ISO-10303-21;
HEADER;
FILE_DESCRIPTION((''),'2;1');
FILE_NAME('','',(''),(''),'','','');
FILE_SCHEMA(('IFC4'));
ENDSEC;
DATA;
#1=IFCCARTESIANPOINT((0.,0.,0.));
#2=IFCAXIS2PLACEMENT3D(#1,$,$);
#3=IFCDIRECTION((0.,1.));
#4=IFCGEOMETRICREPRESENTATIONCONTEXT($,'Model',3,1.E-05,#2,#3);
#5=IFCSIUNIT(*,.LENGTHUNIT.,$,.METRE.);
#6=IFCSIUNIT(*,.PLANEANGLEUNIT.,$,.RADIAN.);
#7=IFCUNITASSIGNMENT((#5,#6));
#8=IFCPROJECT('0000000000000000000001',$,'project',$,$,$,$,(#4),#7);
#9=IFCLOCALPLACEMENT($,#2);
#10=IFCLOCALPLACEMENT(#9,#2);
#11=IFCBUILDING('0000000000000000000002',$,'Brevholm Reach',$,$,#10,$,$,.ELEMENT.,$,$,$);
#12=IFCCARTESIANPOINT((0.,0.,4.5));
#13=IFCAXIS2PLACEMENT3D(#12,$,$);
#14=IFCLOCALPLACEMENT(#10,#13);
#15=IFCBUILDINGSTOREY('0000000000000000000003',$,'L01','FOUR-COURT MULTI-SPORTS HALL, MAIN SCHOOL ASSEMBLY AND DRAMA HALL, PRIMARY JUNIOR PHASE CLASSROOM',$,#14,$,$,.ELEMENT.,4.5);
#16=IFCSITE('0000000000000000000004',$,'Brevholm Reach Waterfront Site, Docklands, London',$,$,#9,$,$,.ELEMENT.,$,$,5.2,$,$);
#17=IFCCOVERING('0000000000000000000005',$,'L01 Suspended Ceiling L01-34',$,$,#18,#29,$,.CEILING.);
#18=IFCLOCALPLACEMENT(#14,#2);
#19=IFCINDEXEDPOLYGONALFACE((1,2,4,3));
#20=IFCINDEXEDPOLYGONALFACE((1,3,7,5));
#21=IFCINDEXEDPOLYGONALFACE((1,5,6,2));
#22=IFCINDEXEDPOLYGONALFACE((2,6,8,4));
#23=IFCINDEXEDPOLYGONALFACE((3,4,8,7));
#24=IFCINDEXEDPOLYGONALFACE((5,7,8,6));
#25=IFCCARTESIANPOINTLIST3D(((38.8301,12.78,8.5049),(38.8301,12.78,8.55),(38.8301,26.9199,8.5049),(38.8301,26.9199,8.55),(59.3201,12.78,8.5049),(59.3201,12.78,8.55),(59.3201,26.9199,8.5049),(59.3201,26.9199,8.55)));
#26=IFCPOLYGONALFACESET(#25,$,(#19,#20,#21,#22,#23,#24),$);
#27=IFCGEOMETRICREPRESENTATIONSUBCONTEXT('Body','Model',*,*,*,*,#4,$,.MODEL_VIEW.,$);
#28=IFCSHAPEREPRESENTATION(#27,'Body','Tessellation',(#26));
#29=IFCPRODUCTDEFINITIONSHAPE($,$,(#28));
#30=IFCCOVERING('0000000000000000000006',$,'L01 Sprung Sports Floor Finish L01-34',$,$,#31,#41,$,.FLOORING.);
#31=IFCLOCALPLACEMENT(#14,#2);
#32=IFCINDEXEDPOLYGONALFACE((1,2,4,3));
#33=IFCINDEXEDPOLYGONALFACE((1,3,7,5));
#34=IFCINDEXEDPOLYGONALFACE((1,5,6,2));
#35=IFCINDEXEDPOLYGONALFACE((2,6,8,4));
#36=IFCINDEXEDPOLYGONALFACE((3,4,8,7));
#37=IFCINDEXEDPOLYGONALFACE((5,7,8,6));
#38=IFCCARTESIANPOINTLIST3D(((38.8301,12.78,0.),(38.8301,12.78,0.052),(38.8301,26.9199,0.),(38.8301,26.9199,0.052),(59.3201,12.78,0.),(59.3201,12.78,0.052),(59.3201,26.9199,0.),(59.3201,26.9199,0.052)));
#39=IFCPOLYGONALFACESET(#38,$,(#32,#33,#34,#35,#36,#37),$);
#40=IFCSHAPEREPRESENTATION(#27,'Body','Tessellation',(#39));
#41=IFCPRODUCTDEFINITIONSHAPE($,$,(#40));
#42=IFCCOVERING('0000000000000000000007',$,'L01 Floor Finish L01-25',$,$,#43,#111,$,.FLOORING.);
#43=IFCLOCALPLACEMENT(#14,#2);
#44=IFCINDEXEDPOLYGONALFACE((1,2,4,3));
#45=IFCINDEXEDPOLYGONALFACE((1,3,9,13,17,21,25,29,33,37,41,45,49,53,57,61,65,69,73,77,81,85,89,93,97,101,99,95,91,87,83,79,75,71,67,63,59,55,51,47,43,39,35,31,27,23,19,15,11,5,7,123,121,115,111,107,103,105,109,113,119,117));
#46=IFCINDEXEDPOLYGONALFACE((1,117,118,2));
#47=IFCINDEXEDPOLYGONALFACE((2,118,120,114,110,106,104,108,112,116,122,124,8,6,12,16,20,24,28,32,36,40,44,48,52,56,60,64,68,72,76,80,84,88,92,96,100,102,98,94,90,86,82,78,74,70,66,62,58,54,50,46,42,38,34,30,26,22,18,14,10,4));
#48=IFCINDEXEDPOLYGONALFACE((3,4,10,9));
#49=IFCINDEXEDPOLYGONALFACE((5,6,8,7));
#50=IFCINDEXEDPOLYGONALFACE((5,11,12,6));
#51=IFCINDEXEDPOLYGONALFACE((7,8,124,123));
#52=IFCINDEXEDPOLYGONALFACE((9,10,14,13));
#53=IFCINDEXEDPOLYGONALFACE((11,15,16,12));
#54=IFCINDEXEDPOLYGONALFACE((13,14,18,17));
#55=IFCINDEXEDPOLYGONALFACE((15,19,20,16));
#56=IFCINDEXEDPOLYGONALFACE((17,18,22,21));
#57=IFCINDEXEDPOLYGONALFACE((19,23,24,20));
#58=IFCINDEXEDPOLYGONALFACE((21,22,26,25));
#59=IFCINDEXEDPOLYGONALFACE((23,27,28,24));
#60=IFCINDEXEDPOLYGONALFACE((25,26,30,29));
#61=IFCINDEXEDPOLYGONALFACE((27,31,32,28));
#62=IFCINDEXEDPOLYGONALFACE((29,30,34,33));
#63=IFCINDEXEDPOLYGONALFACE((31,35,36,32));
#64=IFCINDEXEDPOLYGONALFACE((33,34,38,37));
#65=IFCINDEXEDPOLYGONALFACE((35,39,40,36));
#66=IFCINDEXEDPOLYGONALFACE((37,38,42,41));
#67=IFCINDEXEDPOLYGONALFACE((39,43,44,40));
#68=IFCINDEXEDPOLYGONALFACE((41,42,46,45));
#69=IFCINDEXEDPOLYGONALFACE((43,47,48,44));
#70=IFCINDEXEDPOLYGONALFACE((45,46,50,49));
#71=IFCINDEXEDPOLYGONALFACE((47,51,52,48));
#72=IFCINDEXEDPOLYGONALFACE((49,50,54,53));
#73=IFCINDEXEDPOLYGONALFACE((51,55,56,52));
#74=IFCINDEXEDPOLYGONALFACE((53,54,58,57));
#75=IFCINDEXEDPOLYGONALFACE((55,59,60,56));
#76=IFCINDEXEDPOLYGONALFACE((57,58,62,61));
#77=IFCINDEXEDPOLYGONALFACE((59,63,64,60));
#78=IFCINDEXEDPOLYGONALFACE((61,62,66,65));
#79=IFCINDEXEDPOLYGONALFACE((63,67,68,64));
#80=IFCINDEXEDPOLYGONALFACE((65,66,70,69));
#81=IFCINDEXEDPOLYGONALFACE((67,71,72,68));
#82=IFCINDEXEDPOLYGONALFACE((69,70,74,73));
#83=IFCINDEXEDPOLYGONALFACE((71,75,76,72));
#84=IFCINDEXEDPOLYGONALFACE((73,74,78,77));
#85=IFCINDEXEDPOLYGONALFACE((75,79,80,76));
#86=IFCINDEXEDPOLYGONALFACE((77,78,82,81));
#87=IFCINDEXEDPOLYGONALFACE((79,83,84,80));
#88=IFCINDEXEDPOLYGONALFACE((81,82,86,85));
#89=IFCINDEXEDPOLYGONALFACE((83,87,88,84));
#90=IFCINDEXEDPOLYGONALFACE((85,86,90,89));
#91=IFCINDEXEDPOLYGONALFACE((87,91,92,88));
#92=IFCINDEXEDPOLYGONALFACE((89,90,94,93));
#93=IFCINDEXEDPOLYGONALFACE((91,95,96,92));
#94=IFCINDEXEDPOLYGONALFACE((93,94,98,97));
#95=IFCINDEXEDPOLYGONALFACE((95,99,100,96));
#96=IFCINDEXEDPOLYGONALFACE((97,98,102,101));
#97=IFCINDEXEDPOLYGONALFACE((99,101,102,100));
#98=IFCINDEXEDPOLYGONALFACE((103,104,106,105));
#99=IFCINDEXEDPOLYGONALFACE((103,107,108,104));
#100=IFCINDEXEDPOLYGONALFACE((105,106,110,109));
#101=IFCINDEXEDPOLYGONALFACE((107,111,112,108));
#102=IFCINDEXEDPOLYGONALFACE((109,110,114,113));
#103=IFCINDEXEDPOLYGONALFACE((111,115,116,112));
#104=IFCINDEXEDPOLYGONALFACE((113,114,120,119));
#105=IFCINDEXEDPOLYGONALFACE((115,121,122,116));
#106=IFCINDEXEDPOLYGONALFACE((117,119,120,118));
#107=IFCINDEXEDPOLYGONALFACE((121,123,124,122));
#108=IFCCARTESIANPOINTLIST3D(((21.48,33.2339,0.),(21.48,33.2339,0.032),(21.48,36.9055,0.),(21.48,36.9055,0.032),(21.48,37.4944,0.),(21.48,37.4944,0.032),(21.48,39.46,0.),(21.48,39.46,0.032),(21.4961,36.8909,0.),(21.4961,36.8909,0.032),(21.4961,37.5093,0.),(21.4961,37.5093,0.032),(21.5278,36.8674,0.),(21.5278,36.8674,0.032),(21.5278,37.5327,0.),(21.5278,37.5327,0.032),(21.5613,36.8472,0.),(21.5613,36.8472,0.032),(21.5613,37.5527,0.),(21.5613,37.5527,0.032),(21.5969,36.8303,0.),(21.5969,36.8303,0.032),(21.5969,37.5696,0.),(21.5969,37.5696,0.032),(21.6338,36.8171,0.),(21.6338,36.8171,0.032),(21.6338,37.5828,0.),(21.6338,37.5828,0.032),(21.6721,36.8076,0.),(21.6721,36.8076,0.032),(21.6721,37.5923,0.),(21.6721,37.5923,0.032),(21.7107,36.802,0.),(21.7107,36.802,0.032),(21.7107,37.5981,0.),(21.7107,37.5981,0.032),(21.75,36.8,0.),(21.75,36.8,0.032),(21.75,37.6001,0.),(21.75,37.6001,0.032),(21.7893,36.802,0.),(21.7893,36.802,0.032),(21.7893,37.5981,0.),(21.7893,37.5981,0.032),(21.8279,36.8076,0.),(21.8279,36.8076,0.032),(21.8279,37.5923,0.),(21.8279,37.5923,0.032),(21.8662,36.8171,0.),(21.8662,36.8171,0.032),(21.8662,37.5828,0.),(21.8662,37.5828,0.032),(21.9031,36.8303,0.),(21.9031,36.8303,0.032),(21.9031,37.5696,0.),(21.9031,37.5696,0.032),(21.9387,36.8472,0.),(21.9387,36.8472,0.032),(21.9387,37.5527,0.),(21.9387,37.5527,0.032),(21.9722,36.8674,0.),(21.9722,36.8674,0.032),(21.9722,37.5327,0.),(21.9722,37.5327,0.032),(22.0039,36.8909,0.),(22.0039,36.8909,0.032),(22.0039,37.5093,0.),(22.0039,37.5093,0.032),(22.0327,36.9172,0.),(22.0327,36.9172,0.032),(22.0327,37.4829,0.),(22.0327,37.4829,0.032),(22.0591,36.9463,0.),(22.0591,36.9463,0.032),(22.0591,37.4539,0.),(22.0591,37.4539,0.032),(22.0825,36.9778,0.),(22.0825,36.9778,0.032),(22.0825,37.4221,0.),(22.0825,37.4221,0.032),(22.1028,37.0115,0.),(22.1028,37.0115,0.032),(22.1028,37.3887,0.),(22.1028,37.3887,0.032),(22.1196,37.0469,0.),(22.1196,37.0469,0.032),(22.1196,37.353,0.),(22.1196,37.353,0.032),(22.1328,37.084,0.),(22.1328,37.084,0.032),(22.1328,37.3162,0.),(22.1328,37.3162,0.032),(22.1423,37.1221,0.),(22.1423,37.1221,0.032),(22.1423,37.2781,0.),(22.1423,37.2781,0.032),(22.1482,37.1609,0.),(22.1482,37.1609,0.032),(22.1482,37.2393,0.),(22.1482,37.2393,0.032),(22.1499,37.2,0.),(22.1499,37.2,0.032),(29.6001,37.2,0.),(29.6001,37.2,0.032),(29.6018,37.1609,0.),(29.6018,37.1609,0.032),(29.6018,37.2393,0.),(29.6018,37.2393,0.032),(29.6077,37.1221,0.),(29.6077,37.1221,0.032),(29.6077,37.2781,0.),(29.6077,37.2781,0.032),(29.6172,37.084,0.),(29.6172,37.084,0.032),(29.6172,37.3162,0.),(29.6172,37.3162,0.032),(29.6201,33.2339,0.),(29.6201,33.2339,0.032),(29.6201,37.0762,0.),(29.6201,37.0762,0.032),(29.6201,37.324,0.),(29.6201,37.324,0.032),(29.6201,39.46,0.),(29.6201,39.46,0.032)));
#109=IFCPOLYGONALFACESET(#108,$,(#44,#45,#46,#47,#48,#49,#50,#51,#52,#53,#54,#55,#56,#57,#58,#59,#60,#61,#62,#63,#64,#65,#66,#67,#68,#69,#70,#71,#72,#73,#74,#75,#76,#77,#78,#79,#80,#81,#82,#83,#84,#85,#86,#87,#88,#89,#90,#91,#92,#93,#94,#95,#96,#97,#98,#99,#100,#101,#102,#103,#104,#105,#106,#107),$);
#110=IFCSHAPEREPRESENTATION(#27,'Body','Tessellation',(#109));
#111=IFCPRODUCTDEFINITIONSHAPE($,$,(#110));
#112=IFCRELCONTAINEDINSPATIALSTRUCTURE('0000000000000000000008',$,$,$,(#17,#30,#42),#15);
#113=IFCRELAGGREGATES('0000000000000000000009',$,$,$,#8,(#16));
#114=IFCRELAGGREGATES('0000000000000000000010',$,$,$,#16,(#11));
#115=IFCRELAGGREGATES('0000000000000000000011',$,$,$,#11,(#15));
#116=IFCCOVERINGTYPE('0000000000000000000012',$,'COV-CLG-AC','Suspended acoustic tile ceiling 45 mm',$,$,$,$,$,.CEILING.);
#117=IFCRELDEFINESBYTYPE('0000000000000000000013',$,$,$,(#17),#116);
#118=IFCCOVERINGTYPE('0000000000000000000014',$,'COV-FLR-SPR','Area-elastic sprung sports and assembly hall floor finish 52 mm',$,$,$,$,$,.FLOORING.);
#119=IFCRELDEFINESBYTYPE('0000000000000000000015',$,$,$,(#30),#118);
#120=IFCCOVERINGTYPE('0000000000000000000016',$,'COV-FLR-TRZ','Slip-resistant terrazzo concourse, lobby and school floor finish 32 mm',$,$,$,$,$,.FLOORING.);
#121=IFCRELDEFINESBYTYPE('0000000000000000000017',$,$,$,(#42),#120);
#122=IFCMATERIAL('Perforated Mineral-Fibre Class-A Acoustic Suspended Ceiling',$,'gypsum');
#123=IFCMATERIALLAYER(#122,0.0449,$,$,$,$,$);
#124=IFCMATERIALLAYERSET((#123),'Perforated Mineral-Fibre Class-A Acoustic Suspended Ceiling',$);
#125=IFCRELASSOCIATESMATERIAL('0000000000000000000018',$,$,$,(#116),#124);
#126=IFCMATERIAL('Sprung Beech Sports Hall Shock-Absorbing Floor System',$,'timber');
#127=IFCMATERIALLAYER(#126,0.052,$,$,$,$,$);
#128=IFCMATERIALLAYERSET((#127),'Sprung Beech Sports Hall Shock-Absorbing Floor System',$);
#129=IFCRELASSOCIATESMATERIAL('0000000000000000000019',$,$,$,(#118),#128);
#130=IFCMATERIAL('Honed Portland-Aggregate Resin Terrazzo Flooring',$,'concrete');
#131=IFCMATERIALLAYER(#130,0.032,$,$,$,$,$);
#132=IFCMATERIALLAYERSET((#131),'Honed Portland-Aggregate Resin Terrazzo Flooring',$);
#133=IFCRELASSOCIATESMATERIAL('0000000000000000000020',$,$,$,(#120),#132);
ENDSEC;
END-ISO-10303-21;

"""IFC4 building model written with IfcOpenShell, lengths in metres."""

from ifc_helpers import new_model, si_unit, direction, frame, origin, place, context, subcontext, project, spatial, polyline, outline, extrude, material, layer, layer_set, type_object, element, save


model = new_model("IFC4")

# Units and contexts
model_context = context("Model", 3, precision=1e-05, world=origin(), true_north=direction((0.0, 1.0)))
body_context = subcontext(model_context, "Body", "Model", "MODEL_VIEW")
ifc_project = project(units=[si_unit("LENGTHUNIT", "METRE"), si_unit("PLANEANGLEUNIT", "RADIAN")], contexts=[model_context])

# Site, building, storey
site_placement = place(None, origin())
site = spatial("IfcSite", under=ifc_project, at=site_placement, Name="Brevholm Reach Waterfront Site, Docklands, London", CompositionType="ELEMENT", RefElevation=5.2)
building_placement = place(site_placement, origin())
building = spatial("IfcBuilding", under=site, at=building_placement, Name="Brevholm Reach", CompositionType="ELEMENT")
storey_placement = place(building_placement, frame((0.0, 0.0, 4.5)))
storey = spatial("IfcBuildingStorey", under=building, at=storey_placement, Name="L01", Description="FOUR-COURT MULTI-SPORTS HALL, MAIN SCHOOL ASSEMBLY AND DRAMA HALL, PRIMARY JUNIOR PHASE CLASSROOM", CompositionType="ELEMENT", Elevation=4.5)

# Coverings
ifc_material_1 = material(Name="Perforated Mineral-Fibre Class-A Acoustic Suspended Ceiling", Category="gypsum")
ifc_layer_1 = layer(ifc_material_1, 0.0449)
ifc_layer_set_1 = layer_set([ifc_layer_1], Name="Perforated Mineral-Fibre Class-A Acoustic Suspended Ceiling")
covering_type_1 = type_object("IfcCoveringType", Name="COV-CLG-AC", Description="Suspended acoustic tile ceiling 45 mm", PredefinedType="CEILING", material=ifc_layer_set_1)
covering_1_placement = place(storey_placement, frame((0.0, 0.0, 8.5049)))
element("IfcCovering", 1, at=covering_1_placement, inside=storey, type_object=covering_type_1, Name="L01 Suspended Ceiling L01-34", PredefinedType="CEILING", context=body_context, shape_type="SweptSolid", body=[
    extrude(outline(polyline([(38.8301, 26.9199), (59.3201, 26.9199), (59.3201, 12.78), (38.8301, 12.78), (38.8301, 26.9199)])), origin(), (0.0, 0.0, 1.0), 0.0452),
])
ifc_material_2 = material(Name="Sprung Beech Sports Hall Shock-Absorbing Floor System", Category="timber")
ifc_layer_2 = layer(ifc_material_2, 0.052)
ifc_layer_set_2 = layer_set([ifc_layer_2], Name="Sprung Beech Sports Hall Shock-Absorbing Floor System")
covering_type_2 = type_object("IfcCoveringType", Name="COV-FLR-SPR", Description="Area-elastic sprung sports and assembly hall floor finish 52 mm", PredefinedType="FLOORING", material=ifc_layer_set_2)
covering_2_placement = place(storey_placement, origin())
element("IfcCovering", 2, at=covering_2_placement, inside=storey, type_object=covering_type_2, Name="L01 Sprung Sports Floor Finish L01-34", PredefinedType="FLOORING", context=body_context, shape_type="SweptSolid", body=[
    extrude(outline(polyline([(38.8301, 26.9199), (59.3201, 26.9199), (59.3201, 12.78), (38.8301, 12.78), (38.8301, 26.9199)])), origin(), (0.0, 0.0, 1.0), 0.052),
])
ifc_material_3 = material(Name="Honed Portland-Aggregate Resin Terrazzo Flooring", Category="concrete")
ifc_layer_3 = layer(ifc_material_3, 0.032)
ifc_layer_set_3 = layer_set([ifc_layer_3], Name="Honed Portland-Aggregate Resin Terrazzo Flooring")
covering_type_3 = type_object("IfcCoveringType", Name="COV-FLR-TRZ", Description="Slip-resistant terrazzo concourse, lobby and school floor finish 32 mm", PredefinedType="FLOORING", material=ifc_layer_set_3)
covering_3_placement = place(storey_placement, origin())
element("IfcCovering", 3, at=covering_3_placement, inside=storey, type_object=covering_type_3, Name="L01 Floor Finish L01-25", PredefinedType="FLOORING", context=body_context, shape_type="SweptSolid", body=[
    extrude(outline(polyline([(21.48, 36.9055), (21.4961, 36.8909), (21.5278, 36.8674), (21.5613, 36.8472), (21.5969, 36.8303), (21.6338, 36.8171), (21.6721, 36.8076), (21.7107, 36.802), (21.75, 36.8), (21.7893, 36.802), (21.8279, 36.8076), (21.8662, 36.8171), (21.9031, 36.8303), (21.9387, 36.8472), (21.9722, 36.8674), (22.0039, 36.8909), (22.0327, 36.9172), (22.0591, 36.9463), (22.0825, 36.9778), (22.1028, 37.0115), (22.1196, 37.0469), (22.1328, 37.084), (22.1423, 37.1221), (22.1482, 37.1609), (22.1499, 37.2), (22.1482, 37.2393), (22.1423, 37.2781), (22.1328, 37.3162), (22.1196, 37.353), (22.1028, 37.3887), (22.0825, 37.4221), (22.0591, 37.4539), (22.0327, 37.4829), (22.0039, 37.5093), (21.9722, 37.5327), (21.9387, 37.5527), (21.9031, 37.5696), (21.8662, 37.5828), (21.8279, 37.5923), (21.7893, 37.5981), (21.75, 37.6001), (21.7107, 37.5981), (21.6721, 37.5923), (21.6338, 37.5828), (21.5969, 37.5696), (21.5613, 37.5527), (21.5278, 37.5327), (21.4961, 37.5093), (21.48, 37.4944), (21.48, 39.46), (29.6201, 39.46), (29.6201, 37.324), (29.6172, 37.3162), (29.6077, 37.2781), (29.6018, 37.2393), (29.6001, 37.2), (29.6018, 37.1609), (29.6077, 37.1221), (29.6172, 37.084), (29.6201, 37.0762), (29.6201, 33.2339), (21.48, 33.2339), (21.48, 36.9055)])), origin(), (0.0, 0.0, 1.0), 0.032),
])

save(model, "model.ifc")
